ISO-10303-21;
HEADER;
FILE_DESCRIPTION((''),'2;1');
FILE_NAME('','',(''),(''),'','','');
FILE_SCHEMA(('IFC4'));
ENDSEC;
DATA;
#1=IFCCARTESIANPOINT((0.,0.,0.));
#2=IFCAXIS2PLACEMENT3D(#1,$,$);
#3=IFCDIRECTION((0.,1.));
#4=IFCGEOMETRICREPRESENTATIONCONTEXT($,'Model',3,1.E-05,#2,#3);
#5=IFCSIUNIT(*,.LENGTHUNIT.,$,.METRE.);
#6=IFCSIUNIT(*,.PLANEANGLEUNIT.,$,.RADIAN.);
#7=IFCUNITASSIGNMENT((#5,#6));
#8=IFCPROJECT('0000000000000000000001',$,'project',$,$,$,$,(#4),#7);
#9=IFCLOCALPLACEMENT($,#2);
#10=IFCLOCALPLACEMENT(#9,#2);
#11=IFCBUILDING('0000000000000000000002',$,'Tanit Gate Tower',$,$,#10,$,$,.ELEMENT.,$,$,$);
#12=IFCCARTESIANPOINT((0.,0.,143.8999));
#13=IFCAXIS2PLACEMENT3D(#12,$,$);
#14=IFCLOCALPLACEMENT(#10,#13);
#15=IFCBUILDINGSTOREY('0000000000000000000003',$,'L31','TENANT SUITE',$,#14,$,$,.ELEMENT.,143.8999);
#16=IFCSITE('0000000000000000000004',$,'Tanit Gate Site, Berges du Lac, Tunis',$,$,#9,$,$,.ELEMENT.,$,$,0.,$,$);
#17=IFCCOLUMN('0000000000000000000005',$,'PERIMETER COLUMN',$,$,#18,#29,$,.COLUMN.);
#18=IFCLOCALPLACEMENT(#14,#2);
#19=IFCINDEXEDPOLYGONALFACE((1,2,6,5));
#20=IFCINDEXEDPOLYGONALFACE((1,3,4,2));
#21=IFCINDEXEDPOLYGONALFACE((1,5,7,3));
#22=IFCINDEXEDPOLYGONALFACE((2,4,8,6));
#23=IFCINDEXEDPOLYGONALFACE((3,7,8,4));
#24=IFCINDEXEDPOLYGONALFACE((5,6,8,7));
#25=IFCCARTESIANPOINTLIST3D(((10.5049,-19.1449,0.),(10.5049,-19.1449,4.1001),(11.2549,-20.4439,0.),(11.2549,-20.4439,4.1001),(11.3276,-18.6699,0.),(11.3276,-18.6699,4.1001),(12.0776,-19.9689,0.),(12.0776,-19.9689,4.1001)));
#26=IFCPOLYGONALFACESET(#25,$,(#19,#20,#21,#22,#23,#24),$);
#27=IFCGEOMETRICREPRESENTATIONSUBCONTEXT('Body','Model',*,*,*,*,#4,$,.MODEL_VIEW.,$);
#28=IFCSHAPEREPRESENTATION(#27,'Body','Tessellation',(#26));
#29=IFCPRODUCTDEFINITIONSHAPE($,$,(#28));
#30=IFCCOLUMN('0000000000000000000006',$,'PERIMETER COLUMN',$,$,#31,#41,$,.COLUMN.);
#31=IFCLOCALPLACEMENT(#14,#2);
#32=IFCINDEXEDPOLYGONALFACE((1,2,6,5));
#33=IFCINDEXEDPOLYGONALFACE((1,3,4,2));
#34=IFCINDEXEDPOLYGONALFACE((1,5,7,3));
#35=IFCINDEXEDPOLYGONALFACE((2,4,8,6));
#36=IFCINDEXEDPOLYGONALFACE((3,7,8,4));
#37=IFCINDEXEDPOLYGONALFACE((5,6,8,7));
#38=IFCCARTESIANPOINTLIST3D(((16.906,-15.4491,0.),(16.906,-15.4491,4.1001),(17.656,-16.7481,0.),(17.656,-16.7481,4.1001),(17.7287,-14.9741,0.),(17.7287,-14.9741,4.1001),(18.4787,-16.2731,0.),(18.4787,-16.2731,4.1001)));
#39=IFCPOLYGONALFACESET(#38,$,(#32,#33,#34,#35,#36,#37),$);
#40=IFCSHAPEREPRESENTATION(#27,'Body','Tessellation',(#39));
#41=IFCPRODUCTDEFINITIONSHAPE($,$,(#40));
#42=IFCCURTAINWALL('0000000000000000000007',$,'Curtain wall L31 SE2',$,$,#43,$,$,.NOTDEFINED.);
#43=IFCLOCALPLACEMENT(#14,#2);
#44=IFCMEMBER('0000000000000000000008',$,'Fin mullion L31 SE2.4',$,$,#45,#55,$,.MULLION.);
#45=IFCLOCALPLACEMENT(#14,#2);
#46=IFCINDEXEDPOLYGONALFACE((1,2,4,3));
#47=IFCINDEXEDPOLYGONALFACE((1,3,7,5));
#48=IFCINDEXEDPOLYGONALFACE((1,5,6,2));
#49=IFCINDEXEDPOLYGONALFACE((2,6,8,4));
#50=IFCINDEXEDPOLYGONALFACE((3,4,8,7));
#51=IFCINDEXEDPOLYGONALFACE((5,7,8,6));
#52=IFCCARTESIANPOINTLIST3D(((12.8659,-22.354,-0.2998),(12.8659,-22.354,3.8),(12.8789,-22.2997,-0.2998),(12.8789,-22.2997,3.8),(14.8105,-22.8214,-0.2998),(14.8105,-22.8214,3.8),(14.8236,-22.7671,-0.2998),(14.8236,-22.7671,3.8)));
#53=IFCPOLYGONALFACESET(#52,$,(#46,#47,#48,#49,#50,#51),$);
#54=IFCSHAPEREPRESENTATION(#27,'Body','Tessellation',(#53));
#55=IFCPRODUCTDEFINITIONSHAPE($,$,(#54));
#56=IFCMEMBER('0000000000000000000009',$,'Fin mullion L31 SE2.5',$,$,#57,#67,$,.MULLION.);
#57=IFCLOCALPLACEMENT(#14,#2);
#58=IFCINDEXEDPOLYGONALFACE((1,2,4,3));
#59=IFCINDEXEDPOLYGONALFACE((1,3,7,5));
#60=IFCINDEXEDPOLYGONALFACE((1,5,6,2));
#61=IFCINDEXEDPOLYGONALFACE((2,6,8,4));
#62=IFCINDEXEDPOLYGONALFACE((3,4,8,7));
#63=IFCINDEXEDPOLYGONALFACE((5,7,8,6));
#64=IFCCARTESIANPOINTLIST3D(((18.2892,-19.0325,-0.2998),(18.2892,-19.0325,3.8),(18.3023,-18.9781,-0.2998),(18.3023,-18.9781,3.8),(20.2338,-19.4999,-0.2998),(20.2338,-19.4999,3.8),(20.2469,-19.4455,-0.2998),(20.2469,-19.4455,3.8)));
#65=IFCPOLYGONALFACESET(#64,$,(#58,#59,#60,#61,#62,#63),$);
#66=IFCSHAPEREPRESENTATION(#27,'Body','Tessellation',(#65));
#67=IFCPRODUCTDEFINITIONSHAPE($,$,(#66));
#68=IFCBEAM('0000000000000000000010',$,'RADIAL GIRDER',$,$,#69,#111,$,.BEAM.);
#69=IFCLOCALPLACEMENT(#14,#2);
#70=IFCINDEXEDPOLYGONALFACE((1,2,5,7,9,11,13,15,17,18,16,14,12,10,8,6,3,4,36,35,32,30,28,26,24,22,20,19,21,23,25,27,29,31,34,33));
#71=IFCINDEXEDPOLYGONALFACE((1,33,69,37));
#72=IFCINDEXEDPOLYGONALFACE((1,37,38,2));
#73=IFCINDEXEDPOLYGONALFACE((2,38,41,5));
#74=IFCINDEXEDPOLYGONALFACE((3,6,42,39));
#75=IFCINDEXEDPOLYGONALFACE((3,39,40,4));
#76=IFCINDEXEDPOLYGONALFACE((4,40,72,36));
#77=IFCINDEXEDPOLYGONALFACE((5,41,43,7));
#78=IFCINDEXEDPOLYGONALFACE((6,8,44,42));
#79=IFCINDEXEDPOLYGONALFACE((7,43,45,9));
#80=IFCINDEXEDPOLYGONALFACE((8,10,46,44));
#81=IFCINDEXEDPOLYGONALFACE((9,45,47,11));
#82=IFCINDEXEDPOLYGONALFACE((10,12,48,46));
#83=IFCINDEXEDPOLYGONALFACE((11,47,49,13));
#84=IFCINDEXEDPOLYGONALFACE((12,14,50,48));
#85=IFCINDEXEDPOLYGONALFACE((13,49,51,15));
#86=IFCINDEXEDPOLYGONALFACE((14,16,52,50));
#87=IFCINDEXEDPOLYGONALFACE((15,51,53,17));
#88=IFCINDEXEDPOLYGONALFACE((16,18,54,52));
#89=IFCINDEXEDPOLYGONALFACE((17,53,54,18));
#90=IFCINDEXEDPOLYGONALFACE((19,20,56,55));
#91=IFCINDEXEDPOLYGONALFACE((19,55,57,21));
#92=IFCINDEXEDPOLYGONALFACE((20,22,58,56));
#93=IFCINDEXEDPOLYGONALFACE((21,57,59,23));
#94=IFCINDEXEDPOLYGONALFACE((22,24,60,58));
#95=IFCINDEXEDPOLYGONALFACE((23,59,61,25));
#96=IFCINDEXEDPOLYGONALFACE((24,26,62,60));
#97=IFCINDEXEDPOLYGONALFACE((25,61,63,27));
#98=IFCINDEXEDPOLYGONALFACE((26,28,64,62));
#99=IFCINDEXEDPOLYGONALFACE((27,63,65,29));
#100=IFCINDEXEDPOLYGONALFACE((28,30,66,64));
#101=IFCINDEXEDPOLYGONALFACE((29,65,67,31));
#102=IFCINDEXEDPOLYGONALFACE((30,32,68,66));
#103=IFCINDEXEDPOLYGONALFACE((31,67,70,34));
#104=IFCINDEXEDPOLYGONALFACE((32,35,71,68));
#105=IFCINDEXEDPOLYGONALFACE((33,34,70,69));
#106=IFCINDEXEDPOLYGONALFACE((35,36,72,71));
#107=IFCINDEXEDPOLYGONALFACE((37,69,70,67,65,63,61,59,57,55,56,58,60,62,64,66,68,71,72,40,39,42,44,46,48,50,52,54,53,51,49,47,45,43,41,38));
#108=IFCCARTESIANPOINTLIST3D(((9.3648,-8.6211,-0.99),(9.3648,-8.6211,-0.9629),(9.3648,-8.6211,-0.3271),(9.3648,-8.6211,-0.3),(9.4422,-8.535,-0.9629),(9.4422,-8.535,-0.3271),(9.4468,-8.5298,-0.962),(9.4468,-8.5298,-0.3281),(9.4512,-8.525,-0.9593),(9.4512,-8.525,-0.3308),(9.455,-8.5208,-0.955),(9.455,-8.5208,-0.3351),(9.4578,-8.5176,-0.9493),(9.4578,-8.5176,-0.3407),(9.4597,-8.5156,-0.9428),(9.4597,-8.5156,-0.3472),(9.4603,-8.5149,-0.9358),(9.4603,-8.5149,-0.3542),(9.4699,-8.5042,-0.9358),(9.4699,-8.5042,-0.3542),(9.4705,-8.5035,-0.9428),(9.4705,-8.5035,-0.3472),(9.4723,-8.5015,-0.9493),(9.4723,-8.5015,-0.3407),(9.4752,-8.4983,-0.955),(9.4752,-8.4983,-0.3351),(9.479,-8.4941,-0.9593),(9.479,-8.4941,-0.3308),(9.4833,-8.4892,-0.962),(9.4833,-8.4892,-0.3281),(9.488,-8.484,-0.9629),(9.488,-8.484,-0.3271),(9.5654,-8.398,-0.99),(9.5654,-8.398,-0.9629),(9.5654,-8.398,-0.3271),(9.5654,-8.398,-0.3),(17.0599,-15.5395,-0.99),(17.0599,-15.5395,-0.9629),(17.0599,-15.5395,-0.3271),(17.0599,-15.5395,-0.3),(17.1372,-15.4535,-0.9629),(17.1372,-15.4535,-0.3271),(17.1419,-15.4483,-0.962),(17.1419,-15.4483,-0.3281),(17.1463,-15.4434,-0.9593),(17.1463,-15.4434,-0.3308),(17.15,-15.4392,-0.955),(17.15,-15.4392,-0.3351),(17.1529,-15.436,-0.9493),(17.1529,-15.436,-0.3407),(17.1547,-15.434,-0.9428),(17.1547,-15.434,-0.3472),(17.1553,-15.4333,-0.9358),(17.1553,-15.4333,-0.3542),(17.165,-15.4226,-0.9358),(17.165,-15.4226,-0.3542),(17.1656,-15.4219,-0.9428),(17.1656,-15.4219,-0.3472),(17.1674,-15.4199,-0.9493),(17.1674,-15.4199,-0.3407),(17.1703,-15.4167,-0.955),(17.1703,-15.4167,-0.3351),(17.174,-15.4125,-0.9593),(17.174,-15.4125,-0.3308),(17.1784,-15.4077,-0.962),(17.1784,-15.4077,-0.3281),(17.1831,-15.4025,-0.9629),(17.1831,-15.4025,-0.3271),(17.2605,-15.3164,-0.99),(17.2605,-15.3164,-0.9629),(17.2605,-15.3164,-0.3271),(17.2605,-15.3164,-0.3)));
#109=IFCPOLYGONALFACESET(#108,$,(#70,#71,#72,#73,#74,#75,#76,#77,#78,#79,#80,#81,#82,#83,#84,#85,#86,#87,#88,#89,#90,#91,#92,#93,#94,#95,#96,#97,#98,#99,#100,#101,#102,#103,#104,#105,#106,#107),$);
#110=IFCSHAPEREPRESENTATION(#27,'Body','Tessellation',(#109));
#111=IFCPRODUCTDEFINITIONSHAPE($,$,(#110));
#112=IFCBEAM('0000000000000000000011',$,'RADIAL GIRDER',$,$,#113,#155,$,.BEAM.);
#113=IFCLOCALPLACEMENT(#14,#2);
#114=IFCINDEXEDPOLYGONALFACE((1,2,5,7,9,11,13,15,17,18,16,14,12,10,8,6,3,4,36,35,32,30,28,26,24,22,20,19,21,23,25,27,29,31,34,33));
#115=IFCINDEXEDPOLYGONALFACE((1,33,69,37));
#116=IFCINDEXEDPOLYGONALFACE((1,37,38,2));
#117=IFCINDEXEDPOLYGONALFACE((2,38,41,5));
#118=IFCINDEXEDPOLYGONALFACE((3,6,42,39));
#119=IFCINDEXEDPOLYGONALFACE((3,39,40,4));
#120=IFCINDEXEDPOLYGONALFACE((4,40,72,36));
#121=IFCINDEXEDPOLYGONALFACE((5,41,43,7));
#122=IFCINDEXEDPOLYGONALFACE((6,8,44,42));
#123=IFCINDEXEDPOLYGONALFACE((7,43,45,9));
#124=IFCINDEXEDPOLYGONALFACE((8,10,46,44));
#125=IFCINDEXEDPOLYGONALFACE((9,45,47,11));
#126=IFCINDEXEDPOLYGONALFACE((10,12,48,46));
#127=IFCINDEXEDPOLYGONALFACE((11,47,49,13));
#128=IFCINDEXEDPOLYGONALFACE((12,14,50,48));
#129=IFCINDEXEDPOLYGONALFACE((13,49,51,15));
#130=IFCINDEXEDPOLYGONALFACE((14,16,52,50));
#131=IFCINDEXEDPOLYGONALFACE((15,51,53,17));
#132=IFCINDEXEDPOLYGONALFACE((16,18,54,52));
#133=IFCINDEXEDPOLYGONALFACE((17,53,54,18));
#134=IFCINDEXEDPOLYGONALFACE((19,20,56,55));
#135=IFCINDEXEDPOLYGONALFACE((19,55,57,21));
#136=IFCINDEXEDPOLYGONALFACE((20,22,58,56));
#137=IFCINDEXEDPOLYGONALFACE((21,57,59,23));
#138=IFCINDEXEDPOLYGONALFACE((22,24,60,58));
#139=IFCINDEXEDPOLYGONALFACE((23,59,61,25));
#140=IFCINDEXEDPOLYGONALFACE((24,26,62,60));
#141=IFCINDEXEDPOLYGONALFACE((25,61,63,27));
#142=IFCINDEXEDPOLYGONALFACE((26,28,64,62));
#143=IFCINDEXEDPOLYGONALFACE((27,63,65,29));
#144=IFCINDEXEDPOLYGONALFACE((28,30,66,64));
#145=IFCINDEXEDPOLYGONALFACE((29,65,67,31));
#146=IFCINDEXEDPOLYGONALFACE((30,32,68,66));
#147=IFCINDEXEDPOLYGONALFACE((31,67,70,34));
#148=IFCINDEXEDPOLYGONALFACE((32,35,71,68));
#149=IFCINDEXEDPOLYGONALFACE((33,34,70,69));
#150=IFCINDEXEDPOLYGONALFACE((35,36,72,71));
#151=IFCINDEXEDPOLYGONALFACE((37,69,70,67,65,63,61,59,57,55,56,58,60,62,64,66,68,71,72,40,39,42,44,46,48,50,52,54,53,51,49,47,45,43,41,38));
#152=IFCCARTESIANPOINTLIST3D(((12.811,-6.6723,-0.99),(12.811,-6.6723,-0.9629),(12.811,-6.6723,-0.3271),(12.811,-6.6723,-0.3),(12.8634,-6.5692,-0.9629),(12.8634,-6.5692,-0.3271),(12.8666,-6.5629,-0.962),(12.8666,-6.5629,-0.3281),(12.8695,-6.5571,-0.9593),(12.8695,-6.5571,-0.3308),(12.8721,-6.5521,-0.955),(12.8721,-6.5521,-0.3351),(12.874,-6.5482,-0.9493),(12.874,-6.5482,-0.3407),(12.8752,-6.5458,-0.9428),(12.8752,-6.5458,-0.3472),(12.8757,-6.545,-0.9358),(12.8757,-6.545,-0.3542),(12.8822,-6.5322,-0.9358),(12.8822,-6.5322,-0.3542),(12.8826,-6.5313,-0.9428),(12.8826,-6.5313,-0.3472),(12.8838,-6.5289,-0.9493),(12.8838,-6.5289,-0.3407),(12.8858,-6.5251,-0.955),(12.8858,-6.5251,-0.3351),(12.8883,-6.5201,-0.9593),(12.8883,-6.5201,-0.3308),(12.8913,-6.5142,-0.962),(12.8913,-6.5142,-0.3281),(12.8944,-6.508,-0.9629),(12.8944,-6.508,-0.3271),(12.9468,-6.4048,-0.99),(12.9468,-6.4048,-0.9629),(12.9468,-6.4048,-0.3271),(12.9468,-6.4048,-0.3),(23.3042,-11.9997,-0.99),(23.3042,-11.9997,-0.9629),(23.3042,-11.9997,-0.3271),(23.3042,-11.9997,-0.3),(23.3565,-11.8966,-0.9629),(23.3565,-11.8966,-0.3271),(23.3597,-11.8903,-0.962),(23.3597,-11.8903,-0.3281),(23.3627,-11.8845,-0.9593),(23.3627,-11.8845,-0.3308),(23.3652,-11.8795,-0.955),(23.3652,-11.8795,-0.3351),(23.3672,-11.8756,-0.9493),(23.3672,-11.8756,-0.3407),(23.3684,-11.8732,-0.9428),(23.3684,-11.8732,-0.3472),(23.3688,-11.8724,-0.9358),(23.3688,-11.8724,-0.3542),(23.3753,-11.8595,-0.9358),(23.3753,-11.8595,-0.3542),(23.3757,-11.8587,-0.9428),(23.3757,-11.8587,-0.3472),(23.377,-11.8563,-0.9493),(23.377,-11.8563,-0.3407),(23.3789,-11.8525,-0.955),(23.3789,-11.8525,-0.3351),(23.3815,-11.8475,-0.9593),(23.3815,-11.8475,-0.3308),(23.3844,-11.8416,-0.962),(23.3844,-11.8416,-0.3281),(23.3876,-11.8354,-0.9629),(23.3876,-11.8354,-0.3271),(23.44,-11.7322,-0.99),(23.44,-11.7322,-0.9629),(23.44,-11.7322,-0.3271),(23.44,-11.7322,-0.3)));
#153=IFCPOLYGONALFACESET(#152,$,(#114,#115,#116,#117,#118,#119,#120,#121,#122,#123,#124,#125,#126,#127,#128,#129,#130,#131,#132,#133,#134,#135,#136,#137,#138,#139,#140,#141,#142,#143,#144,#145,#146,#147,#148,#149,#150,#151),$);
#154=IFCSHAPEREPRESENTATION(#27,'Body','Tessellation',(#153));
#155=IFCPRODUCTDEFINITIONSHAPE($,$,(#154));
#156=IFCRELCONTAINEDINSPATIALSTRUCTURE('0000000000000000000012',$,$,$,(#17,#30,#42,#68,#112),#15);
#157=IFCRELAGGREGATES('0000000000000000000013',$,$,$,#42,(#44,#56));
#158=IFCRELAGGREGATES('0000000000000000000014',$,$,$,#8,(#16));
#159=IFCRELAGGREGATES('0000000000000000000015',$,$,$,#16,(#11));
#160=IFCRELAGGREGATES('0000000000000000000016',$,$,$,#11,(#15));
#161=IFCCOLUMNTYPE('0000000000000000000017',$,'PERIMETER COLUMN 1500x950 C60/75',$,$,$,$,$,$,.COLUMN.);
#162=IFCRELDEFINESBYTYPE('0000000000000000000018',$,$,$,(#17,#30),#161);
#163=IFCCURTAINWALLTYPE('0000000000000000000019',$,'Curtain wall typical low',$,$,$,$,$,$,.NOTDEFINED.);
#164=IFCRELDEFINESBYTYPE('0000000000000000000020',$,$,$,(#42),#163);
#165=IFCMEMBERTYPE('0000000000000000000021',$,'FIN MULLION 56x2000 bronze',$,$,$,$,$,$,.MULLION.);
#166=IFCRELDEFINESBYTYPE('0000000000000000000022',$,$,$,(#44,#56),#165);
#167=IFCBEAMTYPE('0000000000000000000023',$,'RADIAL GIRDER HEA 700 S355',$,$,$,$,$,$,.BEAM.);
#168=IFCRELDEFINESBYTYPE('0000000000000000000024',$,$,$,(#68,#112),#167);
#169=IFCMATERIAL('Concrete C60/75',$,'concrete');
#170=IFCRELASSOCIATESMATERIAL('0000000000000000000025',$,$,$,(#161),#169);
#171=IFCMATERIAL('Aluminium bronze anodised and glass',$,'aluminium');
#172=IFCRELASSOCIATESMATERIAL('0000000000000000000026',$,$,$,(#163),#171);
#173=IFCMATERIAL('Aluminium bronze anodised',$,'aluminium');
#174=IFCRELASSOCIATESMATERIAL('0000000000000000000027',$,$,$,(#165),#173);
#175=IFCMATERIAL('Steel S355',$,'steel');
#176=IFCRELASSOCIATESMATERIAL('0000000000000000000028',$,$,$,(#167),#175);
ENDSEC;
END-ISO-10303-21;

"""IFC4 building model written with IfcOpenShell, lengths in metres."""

from ifc_helpers import new_model, si_unit, direction, frame, origin, origin_2d, place, context, subcontext, project, spatial, rectangle, i_section, extrude, material, material_profile, profile_set, type_object, element, aggregate, save


model = new_model("IFC4")

# Units and contexts
model_context = context("Model", 3, precision=1e-05, world=origin(), true_north=direction((0.0, 1.0)))
body_context = subcontext(model_context, "Body", "Model", "MODEL_VIEW")
ifc_project = project(units=[si_unit("LENGTHUNIT", "METRE"), si_unit("PLANEANGLEUNIT", "RADIAN")], contexts=[model_context])

# Site, building, storey
site_placement = place(None, origin())
site = spatial("IfcSite", under=ifc_project, at=site_placement, Name="Tanit Gate Site, Berges du Lac, Tunis", CompositionType="ELEMENT", RefElevation=0.0)
building_placement = place(site_placement, origin())
building = spatial("IfcBuilding", under=site, at=building_placement, Name="Tanit Gate Tower", CompositionType="ELEMENT")
storey_placement = place(building_placement, frame((0.0, 0.0, 143.8999)))
storey = spatial("IfcBuildingStorey", under=building, at=storey_placement, Name="L31", Description="TENANT SUITE", CompositionType="ELEMENT", Elevation=143.8999)

# Columns
ifc_material_1 = material(Name="Concrete C60/75", Category="concrete")
ifc_material_profile_1 = material_profile(ifc_material_1, rectangle(XDim=1.5, YDim=0.95, at=origin_2d()), Name="RC 1500x950")
ifc_profile_set_1 = profile_set([ifc_material_profile_1], Name="Concrete C60/75")
column_type = type_object("IfcColumnType", Name="PERIMETER COLUMN 1500x950 C60/75", PredefinedType="COLUMN", material=ifc_profile_set_1)
for number, where, z_axis, x_axis, name in (
    (1, (11.2913, -19.5569, 0.0), (0.0, 0.0, 1.0), (0.5, -0.866025, 0.0), "PERIMETER COLUMN"),
    (2, (17.6924, -15.8611, 0.0), (0.0, 0.0, 1.0), (0.5, -0.866025, 0.0), "PERIMETER COLUMN"),
):
    element("IfcColumn", number, at=place(storey_placement, frame(where, z_axis=z_axis, x_axis=x_axis)), inside=storey, type_object=column_type, Name=name, PredefinedType="COLUMN", context=body_context, shape_type="SweptSolid", body=[
        extrude(rectangle(XDim=1.5, YDim=0.95, at=origin_2d()), origin(), (0.0, 0.0, 1.0), 4.1001),
    ])

# Curtain wall, members
ifc_material_2 = material(Name="Aluminium bronze anodised and glass", Category="aluminium")
curtain_wall_type = type_object("IfcCurtainWallType", Name="Curtain wall typical low", PredefinedType="NOTDEFINED", material=ifc_material_2)
curtain_wall_placement = place(storey_placement, origin())
curtain_wall = element("IfcCurtainWall", 3, at=curtain_wall_placement, inside=storey, type_object=curtain_wall_type, Name="Curtain wall L31 SE2", PredefinedType="NOTDEFINED")
ifc_material_3 = material(Name="Aluminium bronze anodised", Category="aluminium")
ifc_material_profile_2 = material_profile(ifc_material_3, rectangle(XDim=2.0, YDim=0.0559, at=origin_2d()), Name="56x2000 bronze fin mullion")
ifc_profile_set_2 = profile_set([ifc_material_profile_2], Name="Aluminium bronze anodised")
member_type_1 = type_object("IfcMemberType", Name="FIN MULLION 56x2000 bronze", PredefinedType="MULLION", material=ifc_profile_set_2)
member_1_placement = place(storey_placement, frame((13.8447, -22.5605, -0.2998), z_axis=(0.0, 0.0, 1.0), x_axis=(-0.972311, 0.233691, 0.0)))
member_1 = element("IfcMember", 4, at=member_1_placement, type_object=member_type_1, Name="Fin mullion L31 SE2.4", PredefinedType="MULLION", context=body_context, shape_type="SweptSolid", body=[
    extrude(rectangle(XDim=2.0, YDim=0.0559, at=origin_2d()), origin(), (0.0, 0.0, 1.0), 4.0999),
])
member_2_placement = place(storey_placement, frame((19.2681, -19.239, -0.2998), z_axis=(0.0, 0.0, 1.0), x_axis=(-0.972311, 0.233691, 0.0)))
member_2 = element("IfcMember", 5, at=member_2_placement, type_object=member_type_1, Name="Fin mullion L31 SE2.5", PredefinedType="MULLION", context=body_context, shape_type="SweptSolid", body=[
    extrude(rectangle(XDim=2.0, YDim=0.0559, at=origin_2d()), origin(), (0.0, 0.0, 1.0), 4.0999),
])

# Beams
ifc_material_4 = material(Name="Steel S355", Category="steel")
ifc_material_profile_3 = material_profile(ifc_material_4, i_section(OverallWidth=0.3, OverallDepth=0.6899, WebThickness=0.0144, FlangeThickness=0.0271, FilletRadius=0.0271, at=origin_2d()), Name="HEA 700")
ifc_profile_set_3 = profile_set([ifc_material_profile_3], Name="Steel S355")
beam_type_1 = type_object("IfcBeamType", Name="RADIAL GIRDER HEA 700 S355", PredefinedType="BEAM", material=ifc_profile_set_3)
beam_1_placement = place(storey_placement, frame((17.1602, -15.428, -0.645), z_axis=(-0.743635, 0.668585, 0.0), x_axis=(-0.668585, -0.743635, 0.0)))
element("IfcBeam", 6, at=beam_1_placement, inside=storey, type_object=beam_type_1, Name="RADIAL GIRDER", PredefinedType="BEAM", context=body_context, shape_type="SweptSolid", body=[
    extrude(i_section(OverallWidth=0.3, OverallDepth=0.6899, WebThickness=0.0144, FlangeThickness=0.0271, FilletRadius=0.0271, at=origin_2d()), origin(), (0.0, 0.0, 1.0), 10.3479),
])
beam_2_placement = place(storey_placement, frame((23.3721, -11.866, -0.645), z_axis=(-0.891664, 0.452699, 0.0), x_axis=(-0.452699, -0.891664, 0.0)))
element("IfcBeam", 7, at=beam_2_placement, inside=storey, type_object=beam_type_1, Name="RADIAL GIRDER", PredefinedType="BEAM", context=body_context, shape_type="SweptSolid", body=[
    extrude(i_section(OverallWidth=0.3, OverallDepth=0.6899, WebThickness=0.0144, FlangeThickness=0.0271, FilletRadius=0.0271, at=origin_2d()), origin(), (0.0, 0.0, 1.0), 11.7681),
])

aggregate(curtain_wall, [member_1, member_2])

save(model, "model.ifc")
